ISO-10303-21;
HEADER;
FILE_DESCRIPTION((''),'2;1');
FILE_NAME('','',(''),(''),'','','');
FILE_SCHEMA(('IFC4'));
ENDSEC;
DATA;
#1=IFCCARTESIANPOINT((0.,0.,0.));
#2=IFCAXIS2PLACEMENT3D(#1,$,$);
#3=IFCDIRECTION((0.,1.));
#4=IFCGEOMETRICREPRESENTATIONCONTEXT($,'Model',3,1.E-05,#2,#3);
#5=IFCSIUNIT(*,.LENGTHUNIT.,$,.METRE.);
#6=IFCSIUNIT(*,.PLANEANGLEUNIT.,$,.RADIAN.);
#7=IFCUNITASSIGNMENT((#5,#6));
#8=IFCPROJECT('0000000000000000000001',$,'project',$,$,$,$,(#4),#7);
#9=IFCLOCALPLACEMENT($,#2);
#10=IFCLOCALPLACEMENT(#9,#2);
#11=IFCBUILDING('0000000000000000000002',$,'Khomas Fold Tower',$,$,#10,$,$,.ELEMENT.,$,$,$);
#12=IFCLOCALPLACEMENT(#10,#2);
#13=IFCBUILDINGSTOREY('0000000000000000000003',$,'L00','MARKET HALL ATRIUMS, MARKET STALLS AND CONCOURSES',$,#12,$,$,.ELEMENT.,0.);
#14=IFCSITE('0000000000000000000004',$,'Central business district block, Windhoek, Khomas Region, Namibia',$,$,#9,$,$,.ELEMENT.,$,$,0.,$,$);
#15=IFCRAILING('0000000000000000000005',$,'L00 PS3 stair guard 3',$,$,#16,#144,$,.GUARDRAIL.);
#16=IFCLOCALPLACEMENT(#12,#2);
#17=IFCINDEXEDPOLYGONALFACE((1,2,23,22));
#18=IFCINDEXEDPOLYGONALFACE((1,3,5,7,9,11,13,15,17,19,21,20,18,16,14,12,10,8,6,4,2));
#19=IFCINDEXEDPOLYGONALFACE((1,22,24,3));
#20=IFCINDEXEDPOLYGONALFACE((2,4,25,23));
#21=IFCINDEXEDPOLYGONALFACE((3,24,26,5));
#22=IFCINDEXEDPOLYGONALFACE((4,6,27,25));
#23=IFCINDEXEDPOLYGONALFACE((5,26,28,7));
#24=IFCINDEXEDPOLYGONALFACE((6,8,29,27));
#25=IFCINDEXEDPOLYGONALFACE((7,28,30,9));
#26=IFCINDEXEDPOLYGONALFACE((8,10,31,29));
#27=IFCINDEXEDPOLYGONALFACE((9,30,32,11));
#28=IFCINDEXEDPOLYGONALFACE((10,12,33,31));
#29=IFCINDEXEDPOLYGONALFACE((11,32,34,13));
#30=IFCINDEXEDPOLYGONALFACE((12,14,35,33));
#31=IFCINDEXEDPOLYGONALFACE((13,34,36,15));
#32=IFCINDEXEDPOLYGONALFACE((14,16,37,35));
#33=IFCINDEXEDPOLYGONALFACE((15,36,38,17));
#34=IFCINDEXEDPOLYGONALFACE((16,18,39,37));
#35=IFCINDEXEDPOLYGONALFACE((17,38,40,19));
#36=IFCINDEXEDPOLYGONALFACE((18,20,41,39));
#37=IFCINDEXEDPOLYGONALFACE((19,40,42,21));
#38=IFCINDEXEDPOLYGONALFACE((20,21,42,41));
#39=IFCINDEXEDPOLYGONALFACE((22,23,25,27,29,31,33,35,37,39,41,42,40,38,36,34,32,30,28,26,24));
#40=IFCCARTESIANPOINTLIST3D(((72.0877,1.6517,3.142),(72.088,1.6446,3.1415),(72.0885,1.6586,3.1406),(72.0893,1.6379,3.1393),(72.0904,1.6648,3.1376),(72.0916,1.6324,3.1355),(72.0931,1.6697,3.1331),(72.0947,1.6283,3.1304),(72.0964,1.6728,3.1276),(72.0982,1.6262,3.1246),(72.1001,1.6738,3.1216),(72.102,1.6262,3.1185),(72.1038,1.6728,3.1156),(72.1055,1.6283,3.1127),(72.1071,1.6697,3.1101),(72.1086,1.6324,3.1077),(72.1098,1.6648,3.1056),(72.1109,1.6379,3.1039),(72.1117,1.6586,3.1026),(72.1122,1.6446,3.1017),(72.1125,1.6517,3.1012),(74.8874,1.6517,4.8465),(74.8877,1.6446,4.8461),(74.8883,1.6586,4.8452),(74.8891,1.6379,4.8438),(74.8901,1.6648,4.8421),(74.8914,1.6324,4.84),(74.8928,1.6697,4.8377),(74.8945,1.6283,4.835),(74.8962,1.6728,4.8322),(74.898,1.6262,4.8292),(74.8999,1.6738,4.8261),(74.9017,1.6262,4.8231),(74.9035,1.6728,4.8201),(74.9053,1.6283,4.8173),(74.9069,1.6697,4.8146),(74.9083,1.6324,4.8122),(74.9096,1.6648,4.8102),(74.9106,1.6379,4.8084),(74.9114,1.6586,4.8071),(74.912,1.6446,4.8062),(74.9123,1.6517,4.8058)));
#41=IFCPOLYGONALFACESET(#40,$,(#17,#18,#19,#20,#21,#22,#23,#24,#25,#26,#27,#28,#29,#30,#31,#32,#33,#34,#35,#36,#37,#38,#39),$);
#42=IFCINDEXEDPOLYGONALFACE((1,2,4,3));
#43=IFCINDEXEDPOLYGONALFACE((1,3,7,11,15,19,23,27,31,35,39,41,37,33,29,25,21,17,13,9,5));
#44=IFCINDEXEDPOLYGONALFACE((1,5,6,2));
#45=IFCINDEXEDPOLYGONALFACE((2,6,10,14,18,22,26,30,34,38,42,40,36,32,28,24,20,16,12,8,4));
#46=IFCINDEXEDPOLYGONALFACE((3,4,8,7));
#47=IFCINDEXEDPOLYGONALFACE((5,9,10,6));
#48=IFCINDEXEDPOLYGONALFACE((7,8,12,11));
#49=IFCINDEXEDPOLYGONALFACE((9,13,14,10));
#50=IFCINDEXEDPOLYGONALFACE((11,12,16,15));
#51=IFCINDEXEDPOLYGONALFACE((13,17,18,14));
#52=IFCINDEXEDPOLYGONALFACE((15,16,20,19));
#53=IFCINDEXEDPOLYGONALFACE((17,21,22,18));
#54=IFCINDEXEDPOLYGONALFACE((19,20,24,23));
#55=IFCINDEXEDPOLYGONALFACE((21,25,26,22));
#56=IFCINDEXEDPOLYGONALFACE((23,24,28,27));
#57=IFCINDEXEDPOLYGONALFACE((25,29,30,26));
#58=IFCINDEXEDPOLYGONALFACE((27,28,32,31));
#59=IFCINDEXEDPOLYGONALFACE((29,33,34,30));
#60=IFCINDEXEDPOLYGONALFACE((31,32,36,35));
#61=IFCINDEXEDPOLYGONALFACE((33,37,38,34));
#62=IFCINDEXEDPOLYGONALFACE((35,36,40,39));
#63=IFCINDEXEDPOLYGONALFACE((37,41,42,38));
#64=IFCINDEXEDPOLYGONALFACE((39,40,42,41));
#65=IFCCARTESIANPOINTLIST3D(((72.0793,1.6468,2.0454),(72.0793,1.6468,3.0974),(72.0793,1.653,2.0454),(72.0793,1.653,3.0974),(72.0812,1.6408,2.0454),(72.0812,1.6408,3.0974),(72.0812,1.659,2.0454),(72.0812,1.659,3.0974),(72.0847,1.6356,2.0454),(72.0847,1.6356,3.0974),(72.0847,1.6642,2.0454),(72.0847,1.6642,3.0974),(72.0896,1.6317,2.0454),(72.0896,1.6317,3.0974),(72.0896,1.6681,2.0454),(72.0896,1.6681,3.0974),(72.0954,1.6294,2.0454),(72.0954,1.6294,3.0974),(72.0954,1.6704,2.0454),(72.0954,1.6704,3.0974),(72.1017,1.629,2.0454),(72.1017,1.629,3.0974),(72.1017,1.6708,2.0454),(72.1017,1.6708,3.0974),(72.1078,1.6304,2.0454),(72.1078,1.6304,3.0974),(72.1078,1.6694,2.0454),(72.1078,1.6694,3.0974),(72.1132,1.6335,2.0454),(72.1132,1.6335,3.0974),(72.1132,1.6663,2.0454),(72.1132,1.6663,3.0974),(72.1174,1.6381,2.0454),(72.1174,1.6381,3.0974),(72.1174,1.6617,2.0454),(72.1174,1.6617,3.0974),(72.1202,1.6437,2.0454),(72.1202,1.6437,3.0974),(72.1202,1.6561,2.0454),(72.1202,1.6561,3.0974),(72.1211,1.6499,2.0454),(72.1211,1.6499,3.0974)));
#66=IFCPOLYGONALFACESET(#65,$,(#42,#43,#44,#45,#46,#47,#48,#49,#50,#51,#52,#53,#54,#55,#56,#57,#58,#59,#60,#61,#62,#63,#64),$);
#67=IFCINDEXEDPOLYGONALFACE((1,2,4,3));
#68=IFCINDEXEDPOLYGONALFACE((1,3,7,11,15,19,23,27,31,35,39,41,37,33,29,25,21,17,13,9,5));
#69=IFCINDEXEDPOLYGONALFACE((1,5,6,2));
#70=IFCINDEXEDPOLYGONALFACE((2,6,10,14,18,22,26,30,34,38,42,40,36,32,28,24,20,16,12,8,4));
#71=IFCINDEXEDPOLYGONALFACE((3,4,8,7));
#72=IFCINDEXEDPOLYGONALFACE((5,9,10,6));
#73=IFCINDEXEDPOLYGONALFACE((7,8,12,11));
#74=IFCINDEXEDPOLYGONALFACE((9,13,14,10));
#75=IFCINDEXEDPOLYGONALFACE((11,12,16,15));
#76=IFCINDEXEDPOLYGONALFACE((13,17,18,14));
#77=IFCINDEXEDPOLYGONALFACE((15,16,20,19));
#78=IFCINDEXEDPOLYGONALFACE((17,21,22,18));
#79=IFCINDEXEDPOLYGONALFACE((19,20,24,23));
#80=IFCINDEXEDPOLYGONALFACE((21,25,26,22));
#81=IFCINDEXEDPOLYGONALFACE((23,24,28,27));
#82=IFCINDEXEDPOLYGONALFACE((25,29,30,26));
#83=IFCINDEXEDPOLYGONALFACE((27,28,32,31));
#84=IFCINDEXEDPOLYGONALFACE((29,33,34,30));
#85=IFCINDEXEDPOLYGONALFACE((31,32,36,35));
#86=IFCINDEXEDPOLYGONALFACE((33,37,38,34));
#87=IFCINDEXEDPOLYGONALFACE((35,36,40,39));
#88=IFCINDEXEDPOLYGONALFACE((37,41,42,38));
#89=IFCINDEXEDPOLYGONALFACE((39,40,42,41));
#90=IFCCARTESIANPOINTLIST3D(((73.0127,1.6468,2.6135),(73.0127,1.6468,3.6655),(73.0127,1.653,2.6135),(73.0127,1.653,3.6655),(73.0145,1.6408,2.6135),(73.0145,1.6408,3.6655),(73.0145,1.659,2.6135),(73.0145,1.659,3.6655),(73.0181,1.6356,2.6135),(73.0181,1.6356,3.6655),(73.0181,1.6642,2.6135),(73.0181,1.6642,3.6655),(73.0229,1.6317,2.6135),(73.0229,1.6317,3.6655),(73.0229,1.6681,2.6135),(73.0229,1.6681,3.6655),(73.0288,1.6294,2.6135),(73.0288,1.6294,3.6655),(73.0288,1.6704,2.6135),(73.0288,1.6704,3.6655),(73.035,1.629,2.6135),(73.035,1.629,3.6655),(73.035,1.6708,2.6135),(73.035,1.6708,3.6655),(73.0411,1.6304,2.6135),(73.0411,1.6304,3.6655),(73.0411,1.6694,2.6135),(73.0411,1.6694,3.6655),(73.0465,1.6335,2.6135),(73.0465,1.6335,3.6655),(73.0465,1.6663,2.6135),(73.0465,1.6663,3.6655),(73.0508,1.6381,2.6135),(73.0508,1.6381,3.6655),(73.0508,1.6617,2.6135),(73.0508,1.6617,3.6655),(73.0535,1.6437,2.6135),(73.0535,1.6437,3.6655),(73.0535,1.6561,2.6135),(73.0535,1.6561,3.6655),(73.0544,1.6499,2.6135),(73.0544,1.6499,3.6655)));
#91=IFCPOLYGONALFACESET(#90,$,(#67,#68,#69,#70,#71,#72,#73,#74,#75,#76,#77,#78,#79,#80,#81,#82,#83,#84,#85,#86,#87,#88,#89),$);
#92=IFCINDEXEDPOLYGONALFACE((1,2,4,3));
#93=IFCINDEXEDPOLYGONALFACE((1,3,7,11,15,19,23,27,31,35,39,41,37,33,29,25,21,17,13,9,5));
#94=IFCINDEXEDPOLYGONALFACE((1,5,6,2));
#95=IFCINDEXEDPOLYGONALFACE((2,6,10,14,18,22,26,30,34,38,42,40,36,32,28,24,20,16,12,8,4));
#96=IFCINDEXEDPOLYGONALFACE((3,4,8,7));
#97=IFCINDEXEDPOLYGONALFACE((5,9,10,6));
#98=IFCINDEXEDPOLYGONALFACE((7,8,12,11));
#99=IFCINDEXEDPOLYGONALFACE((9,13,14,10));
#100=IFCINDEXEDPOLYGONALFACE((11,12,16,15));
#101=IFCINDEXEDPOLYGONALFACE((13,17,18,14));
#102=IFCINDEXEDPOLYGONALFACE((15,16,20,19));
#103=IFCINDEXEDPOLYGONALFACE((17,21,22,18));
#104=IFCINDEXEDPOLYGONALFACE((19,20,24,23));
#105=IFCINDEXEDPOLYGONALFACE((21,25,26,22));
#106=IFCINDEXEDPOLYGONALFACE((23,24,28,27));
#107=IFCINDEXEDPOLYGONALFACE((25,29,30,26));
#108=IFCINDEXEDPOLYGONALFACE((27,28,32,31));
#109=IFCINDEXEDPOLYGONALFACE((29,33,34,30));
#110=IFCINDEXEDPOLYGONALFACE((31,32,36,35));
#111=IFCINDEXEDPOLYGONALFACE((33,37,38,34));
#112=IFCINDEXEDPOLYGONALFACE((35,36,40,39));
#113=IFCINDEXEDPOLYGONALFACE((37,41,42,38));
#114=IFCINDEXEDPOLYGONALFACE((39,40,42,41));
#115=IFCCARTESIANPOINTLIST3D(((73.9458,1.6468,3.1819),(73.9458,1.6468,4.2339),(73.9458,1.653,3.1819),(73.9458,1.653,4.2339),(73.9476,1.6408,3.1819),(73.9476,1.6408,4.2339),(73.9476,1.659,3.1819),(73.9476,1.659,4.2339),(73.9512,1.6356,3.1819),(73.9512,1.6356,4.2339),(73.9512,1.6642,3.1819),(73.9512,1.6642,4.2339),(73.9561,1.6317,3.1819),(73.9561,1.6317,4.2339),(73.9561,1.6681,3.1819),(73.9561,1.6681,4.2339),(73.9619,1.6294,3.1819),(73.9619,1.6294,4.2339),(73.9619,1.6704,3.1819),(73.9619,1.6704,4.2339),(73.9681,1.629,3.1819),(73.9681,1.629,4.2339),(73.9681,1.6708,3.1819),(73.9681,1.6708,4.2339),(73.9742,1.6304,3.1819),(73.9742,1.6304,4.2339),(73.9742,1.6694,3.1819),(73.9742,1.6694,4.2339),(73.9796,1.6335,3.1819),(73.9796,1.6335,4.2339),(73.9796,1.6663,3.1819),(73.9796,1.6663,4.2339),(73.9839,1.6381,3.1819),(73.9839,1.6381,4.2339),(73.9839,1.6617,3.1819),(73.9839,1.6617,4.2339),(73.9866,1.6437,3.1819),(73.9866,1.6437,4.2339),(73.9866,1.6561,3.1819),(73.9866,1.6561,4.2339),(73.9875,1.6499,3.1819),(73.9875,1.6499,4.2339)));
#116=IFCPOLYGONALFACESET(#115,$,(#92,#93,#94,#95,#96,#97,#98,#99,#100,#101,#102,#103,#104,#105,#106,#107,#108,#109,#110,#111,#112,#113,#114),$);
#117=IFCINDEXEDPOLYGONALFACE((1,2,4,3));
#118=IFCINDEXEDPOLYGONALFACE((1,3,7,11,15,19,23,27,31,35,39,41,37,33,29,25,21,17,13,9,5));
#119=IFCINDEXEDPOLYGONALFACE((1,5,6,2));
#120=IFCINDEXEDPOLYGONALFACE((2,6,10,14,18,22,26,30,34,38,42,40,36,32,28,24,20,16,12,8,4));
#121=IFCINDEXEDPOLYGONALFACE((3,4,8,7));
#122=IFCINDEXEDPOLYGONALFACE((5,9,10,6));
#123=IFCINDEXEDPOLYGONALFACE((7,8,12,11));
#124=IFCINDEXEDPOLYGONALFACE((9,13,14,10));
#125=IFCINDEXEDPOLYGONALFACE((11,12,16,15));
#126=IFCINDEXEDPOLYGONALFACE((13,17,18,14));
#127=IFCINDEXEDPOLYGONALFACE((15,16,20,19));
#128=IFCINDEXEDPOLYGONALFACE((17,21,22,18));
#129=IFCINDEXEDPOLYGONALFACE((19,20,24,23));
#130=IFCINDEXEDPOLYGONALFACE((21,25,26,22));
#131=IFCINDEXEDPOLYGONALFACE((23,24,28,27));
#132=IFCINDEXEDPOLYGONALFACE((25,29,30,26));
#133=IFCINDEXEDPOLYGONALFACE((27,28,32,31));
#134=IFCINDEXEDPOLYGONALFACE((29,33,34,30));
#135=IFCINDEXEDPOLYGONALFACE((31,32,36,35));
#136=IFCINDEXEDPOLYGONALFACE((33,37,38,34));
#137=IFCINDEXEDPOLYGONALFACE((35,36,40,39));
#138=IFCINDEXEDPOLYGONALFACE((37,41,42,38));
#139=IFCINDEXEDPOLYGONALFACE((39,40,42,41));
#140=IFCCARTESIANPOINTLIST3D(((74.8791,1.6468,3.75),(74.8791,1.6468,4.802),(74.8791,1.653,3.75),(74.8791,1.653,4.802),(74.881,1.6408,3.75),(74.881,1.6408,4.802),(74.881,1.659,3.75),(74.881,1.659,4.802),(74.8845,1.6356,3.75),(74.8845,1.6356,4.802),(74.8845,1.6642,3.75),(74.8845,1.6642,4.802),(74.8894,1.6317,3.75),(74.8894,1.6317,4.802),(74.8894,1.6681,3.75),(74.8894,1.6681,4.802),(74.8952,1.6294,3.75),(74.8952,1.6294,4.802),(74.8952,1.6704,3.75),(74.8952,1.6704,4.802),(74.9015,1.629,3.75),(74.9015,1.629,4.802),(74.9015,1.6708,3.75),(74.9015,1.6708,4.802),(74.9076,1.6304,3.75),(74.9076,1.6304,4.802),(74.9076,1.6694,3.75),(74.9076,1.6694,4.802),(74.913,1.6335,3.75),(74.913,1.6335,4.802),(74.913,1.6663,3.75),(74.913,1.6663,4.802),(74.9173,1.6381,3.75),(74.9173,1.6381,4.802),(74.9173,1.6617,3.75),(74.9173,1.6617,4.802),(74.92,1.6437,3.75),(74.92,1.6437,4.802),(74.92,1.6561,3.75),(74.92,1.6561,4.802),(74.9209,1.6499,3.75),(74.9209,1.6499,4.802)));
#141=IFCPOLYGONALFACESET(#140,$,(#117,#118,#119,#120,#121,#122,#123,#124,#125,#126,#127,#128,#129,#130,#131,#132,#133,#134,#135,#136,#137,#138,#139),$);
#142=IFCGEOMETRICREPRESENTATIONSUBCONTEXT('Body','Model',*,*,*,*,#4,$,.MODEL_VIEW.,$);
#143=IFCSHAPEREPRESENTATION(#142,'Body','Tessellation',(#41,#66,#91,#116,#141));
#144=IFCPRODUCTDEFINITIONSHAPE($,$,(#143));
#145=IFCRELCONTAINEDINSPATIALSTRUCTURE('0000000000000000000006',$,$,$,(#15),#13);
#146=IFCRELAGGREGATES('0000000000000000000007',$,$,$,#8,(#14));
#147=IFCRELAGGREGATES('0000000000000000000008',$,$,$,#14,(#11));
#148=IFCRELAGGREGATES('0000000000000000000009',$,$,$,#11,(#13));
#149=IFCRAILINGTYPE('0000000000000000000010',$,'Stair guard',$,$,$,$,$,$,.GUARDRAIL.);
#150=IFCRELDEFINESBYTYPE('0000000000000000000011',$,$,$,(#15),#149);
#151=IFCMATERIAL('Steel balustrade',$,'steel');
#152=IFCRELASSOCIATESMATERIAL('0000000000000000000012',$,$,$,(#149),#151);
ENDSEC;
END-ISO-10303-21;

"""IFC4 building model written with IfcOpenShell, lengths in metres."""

from ifc_helpers import new_model, si_unit, direction, frame, origin, origin_2d, place, context, subcontext, project, spatial, circle, extrude, source, transform, mapped, material, type_object, element, save


model = new_model("IFC4")

# Units and contexts
model_context = context("Model", 3, precision=1e-05, world=origin(), true_north=direction((0.0, 1.0)))
body_context = subcontext(model_context, "Body", "Model", "MODEL_VIEW")
ifc_project = project(units=[si_unit("LENGTHUNIT", "METRE"), si_unit("PLANEANGLEUNIT", "RADIAN")], contexts=[model_context])

# Site, building, storey
site_placement = place(None, origin())
site = spatial("IfcSite", under=ifc_project, at=site_placement, Name="Central business district block, Windhoek, Khomas Region, Namibia", CompositionType="ELEMENT", RefElevation=0.0)
building_placement = place(site_placement, origin())
building = spatial("IfcBuilding", under=site, at=building_placement, Name="Khomas Fold Tower", CompositionType="ELEMENT")
storey_placement = place(building_placement, origin())
storey = spatial("IfcBuildingStorey", under=building, at=storey_placement, Name="L00", Description="MARKET HALL ATRIUMS, MARKET STALLS AND CONCOURSES", CompositionType="ELEMENT", Elevation=0.0)

# Railing
ifc_material_1 = material(Name="Steel balustrade", Category="steel")
railing_type_1 = type_object("IfcRailingType", Name="Stair guard", PredefinedType="GUARDRAIL", material=ifc_material_1)
shared_shape_1 = source(origin(), body_context, "Body", "SweptSolid", [
    extrude(circle(Radius=0.0239, at=origin_2d()), frame((0.0, 0.0, 1.0762), z_axis=(0.85415, 0.0, 0.520027), x_axis=(0.0, 1.0, 0.0)), (0.0, 0.0, 1.0), 3.2778),
    extrude(circle(Radius=0.021, at=origin_2d()), origin(), (0.0, 0.0, 1.0), 1.052),
    extrude(circle(Radius=0.021, at=origin_2d()), frame((0.9333, 0.0, 0.5681)), (0.0, 0.0, 1.0), 1.052),
    extrude(circle(Radius=0.021, at=origin_2d()), frame((1.8665, 0.0, 1.1365)), (0.0, 0.0, 1.0), 1.052),
    extrude(circle(Radius=0.021, at=origin_2d()), frame((2.7998, 0.0, 1.7046)), (0.0, 0.0, 1.0), 1.052),
])
for number, where, name in (
    (1, (72.1001, 1.6499, 2.0454), "L00 PS3 stair guard 3"),
):
    element("IfcRailing", number, at=place(storey_placement, frame(where)), inside=storey, type_object=railing_type_1, Name=name, PredefinedType="GUARDRAIL", context=body_context, shape_type="MappedRepresentation", body=[
        mapped(shared_shape_1, transform((0.0, 0.0, 0.0))),
    ])

save(model, "model.ifc")
